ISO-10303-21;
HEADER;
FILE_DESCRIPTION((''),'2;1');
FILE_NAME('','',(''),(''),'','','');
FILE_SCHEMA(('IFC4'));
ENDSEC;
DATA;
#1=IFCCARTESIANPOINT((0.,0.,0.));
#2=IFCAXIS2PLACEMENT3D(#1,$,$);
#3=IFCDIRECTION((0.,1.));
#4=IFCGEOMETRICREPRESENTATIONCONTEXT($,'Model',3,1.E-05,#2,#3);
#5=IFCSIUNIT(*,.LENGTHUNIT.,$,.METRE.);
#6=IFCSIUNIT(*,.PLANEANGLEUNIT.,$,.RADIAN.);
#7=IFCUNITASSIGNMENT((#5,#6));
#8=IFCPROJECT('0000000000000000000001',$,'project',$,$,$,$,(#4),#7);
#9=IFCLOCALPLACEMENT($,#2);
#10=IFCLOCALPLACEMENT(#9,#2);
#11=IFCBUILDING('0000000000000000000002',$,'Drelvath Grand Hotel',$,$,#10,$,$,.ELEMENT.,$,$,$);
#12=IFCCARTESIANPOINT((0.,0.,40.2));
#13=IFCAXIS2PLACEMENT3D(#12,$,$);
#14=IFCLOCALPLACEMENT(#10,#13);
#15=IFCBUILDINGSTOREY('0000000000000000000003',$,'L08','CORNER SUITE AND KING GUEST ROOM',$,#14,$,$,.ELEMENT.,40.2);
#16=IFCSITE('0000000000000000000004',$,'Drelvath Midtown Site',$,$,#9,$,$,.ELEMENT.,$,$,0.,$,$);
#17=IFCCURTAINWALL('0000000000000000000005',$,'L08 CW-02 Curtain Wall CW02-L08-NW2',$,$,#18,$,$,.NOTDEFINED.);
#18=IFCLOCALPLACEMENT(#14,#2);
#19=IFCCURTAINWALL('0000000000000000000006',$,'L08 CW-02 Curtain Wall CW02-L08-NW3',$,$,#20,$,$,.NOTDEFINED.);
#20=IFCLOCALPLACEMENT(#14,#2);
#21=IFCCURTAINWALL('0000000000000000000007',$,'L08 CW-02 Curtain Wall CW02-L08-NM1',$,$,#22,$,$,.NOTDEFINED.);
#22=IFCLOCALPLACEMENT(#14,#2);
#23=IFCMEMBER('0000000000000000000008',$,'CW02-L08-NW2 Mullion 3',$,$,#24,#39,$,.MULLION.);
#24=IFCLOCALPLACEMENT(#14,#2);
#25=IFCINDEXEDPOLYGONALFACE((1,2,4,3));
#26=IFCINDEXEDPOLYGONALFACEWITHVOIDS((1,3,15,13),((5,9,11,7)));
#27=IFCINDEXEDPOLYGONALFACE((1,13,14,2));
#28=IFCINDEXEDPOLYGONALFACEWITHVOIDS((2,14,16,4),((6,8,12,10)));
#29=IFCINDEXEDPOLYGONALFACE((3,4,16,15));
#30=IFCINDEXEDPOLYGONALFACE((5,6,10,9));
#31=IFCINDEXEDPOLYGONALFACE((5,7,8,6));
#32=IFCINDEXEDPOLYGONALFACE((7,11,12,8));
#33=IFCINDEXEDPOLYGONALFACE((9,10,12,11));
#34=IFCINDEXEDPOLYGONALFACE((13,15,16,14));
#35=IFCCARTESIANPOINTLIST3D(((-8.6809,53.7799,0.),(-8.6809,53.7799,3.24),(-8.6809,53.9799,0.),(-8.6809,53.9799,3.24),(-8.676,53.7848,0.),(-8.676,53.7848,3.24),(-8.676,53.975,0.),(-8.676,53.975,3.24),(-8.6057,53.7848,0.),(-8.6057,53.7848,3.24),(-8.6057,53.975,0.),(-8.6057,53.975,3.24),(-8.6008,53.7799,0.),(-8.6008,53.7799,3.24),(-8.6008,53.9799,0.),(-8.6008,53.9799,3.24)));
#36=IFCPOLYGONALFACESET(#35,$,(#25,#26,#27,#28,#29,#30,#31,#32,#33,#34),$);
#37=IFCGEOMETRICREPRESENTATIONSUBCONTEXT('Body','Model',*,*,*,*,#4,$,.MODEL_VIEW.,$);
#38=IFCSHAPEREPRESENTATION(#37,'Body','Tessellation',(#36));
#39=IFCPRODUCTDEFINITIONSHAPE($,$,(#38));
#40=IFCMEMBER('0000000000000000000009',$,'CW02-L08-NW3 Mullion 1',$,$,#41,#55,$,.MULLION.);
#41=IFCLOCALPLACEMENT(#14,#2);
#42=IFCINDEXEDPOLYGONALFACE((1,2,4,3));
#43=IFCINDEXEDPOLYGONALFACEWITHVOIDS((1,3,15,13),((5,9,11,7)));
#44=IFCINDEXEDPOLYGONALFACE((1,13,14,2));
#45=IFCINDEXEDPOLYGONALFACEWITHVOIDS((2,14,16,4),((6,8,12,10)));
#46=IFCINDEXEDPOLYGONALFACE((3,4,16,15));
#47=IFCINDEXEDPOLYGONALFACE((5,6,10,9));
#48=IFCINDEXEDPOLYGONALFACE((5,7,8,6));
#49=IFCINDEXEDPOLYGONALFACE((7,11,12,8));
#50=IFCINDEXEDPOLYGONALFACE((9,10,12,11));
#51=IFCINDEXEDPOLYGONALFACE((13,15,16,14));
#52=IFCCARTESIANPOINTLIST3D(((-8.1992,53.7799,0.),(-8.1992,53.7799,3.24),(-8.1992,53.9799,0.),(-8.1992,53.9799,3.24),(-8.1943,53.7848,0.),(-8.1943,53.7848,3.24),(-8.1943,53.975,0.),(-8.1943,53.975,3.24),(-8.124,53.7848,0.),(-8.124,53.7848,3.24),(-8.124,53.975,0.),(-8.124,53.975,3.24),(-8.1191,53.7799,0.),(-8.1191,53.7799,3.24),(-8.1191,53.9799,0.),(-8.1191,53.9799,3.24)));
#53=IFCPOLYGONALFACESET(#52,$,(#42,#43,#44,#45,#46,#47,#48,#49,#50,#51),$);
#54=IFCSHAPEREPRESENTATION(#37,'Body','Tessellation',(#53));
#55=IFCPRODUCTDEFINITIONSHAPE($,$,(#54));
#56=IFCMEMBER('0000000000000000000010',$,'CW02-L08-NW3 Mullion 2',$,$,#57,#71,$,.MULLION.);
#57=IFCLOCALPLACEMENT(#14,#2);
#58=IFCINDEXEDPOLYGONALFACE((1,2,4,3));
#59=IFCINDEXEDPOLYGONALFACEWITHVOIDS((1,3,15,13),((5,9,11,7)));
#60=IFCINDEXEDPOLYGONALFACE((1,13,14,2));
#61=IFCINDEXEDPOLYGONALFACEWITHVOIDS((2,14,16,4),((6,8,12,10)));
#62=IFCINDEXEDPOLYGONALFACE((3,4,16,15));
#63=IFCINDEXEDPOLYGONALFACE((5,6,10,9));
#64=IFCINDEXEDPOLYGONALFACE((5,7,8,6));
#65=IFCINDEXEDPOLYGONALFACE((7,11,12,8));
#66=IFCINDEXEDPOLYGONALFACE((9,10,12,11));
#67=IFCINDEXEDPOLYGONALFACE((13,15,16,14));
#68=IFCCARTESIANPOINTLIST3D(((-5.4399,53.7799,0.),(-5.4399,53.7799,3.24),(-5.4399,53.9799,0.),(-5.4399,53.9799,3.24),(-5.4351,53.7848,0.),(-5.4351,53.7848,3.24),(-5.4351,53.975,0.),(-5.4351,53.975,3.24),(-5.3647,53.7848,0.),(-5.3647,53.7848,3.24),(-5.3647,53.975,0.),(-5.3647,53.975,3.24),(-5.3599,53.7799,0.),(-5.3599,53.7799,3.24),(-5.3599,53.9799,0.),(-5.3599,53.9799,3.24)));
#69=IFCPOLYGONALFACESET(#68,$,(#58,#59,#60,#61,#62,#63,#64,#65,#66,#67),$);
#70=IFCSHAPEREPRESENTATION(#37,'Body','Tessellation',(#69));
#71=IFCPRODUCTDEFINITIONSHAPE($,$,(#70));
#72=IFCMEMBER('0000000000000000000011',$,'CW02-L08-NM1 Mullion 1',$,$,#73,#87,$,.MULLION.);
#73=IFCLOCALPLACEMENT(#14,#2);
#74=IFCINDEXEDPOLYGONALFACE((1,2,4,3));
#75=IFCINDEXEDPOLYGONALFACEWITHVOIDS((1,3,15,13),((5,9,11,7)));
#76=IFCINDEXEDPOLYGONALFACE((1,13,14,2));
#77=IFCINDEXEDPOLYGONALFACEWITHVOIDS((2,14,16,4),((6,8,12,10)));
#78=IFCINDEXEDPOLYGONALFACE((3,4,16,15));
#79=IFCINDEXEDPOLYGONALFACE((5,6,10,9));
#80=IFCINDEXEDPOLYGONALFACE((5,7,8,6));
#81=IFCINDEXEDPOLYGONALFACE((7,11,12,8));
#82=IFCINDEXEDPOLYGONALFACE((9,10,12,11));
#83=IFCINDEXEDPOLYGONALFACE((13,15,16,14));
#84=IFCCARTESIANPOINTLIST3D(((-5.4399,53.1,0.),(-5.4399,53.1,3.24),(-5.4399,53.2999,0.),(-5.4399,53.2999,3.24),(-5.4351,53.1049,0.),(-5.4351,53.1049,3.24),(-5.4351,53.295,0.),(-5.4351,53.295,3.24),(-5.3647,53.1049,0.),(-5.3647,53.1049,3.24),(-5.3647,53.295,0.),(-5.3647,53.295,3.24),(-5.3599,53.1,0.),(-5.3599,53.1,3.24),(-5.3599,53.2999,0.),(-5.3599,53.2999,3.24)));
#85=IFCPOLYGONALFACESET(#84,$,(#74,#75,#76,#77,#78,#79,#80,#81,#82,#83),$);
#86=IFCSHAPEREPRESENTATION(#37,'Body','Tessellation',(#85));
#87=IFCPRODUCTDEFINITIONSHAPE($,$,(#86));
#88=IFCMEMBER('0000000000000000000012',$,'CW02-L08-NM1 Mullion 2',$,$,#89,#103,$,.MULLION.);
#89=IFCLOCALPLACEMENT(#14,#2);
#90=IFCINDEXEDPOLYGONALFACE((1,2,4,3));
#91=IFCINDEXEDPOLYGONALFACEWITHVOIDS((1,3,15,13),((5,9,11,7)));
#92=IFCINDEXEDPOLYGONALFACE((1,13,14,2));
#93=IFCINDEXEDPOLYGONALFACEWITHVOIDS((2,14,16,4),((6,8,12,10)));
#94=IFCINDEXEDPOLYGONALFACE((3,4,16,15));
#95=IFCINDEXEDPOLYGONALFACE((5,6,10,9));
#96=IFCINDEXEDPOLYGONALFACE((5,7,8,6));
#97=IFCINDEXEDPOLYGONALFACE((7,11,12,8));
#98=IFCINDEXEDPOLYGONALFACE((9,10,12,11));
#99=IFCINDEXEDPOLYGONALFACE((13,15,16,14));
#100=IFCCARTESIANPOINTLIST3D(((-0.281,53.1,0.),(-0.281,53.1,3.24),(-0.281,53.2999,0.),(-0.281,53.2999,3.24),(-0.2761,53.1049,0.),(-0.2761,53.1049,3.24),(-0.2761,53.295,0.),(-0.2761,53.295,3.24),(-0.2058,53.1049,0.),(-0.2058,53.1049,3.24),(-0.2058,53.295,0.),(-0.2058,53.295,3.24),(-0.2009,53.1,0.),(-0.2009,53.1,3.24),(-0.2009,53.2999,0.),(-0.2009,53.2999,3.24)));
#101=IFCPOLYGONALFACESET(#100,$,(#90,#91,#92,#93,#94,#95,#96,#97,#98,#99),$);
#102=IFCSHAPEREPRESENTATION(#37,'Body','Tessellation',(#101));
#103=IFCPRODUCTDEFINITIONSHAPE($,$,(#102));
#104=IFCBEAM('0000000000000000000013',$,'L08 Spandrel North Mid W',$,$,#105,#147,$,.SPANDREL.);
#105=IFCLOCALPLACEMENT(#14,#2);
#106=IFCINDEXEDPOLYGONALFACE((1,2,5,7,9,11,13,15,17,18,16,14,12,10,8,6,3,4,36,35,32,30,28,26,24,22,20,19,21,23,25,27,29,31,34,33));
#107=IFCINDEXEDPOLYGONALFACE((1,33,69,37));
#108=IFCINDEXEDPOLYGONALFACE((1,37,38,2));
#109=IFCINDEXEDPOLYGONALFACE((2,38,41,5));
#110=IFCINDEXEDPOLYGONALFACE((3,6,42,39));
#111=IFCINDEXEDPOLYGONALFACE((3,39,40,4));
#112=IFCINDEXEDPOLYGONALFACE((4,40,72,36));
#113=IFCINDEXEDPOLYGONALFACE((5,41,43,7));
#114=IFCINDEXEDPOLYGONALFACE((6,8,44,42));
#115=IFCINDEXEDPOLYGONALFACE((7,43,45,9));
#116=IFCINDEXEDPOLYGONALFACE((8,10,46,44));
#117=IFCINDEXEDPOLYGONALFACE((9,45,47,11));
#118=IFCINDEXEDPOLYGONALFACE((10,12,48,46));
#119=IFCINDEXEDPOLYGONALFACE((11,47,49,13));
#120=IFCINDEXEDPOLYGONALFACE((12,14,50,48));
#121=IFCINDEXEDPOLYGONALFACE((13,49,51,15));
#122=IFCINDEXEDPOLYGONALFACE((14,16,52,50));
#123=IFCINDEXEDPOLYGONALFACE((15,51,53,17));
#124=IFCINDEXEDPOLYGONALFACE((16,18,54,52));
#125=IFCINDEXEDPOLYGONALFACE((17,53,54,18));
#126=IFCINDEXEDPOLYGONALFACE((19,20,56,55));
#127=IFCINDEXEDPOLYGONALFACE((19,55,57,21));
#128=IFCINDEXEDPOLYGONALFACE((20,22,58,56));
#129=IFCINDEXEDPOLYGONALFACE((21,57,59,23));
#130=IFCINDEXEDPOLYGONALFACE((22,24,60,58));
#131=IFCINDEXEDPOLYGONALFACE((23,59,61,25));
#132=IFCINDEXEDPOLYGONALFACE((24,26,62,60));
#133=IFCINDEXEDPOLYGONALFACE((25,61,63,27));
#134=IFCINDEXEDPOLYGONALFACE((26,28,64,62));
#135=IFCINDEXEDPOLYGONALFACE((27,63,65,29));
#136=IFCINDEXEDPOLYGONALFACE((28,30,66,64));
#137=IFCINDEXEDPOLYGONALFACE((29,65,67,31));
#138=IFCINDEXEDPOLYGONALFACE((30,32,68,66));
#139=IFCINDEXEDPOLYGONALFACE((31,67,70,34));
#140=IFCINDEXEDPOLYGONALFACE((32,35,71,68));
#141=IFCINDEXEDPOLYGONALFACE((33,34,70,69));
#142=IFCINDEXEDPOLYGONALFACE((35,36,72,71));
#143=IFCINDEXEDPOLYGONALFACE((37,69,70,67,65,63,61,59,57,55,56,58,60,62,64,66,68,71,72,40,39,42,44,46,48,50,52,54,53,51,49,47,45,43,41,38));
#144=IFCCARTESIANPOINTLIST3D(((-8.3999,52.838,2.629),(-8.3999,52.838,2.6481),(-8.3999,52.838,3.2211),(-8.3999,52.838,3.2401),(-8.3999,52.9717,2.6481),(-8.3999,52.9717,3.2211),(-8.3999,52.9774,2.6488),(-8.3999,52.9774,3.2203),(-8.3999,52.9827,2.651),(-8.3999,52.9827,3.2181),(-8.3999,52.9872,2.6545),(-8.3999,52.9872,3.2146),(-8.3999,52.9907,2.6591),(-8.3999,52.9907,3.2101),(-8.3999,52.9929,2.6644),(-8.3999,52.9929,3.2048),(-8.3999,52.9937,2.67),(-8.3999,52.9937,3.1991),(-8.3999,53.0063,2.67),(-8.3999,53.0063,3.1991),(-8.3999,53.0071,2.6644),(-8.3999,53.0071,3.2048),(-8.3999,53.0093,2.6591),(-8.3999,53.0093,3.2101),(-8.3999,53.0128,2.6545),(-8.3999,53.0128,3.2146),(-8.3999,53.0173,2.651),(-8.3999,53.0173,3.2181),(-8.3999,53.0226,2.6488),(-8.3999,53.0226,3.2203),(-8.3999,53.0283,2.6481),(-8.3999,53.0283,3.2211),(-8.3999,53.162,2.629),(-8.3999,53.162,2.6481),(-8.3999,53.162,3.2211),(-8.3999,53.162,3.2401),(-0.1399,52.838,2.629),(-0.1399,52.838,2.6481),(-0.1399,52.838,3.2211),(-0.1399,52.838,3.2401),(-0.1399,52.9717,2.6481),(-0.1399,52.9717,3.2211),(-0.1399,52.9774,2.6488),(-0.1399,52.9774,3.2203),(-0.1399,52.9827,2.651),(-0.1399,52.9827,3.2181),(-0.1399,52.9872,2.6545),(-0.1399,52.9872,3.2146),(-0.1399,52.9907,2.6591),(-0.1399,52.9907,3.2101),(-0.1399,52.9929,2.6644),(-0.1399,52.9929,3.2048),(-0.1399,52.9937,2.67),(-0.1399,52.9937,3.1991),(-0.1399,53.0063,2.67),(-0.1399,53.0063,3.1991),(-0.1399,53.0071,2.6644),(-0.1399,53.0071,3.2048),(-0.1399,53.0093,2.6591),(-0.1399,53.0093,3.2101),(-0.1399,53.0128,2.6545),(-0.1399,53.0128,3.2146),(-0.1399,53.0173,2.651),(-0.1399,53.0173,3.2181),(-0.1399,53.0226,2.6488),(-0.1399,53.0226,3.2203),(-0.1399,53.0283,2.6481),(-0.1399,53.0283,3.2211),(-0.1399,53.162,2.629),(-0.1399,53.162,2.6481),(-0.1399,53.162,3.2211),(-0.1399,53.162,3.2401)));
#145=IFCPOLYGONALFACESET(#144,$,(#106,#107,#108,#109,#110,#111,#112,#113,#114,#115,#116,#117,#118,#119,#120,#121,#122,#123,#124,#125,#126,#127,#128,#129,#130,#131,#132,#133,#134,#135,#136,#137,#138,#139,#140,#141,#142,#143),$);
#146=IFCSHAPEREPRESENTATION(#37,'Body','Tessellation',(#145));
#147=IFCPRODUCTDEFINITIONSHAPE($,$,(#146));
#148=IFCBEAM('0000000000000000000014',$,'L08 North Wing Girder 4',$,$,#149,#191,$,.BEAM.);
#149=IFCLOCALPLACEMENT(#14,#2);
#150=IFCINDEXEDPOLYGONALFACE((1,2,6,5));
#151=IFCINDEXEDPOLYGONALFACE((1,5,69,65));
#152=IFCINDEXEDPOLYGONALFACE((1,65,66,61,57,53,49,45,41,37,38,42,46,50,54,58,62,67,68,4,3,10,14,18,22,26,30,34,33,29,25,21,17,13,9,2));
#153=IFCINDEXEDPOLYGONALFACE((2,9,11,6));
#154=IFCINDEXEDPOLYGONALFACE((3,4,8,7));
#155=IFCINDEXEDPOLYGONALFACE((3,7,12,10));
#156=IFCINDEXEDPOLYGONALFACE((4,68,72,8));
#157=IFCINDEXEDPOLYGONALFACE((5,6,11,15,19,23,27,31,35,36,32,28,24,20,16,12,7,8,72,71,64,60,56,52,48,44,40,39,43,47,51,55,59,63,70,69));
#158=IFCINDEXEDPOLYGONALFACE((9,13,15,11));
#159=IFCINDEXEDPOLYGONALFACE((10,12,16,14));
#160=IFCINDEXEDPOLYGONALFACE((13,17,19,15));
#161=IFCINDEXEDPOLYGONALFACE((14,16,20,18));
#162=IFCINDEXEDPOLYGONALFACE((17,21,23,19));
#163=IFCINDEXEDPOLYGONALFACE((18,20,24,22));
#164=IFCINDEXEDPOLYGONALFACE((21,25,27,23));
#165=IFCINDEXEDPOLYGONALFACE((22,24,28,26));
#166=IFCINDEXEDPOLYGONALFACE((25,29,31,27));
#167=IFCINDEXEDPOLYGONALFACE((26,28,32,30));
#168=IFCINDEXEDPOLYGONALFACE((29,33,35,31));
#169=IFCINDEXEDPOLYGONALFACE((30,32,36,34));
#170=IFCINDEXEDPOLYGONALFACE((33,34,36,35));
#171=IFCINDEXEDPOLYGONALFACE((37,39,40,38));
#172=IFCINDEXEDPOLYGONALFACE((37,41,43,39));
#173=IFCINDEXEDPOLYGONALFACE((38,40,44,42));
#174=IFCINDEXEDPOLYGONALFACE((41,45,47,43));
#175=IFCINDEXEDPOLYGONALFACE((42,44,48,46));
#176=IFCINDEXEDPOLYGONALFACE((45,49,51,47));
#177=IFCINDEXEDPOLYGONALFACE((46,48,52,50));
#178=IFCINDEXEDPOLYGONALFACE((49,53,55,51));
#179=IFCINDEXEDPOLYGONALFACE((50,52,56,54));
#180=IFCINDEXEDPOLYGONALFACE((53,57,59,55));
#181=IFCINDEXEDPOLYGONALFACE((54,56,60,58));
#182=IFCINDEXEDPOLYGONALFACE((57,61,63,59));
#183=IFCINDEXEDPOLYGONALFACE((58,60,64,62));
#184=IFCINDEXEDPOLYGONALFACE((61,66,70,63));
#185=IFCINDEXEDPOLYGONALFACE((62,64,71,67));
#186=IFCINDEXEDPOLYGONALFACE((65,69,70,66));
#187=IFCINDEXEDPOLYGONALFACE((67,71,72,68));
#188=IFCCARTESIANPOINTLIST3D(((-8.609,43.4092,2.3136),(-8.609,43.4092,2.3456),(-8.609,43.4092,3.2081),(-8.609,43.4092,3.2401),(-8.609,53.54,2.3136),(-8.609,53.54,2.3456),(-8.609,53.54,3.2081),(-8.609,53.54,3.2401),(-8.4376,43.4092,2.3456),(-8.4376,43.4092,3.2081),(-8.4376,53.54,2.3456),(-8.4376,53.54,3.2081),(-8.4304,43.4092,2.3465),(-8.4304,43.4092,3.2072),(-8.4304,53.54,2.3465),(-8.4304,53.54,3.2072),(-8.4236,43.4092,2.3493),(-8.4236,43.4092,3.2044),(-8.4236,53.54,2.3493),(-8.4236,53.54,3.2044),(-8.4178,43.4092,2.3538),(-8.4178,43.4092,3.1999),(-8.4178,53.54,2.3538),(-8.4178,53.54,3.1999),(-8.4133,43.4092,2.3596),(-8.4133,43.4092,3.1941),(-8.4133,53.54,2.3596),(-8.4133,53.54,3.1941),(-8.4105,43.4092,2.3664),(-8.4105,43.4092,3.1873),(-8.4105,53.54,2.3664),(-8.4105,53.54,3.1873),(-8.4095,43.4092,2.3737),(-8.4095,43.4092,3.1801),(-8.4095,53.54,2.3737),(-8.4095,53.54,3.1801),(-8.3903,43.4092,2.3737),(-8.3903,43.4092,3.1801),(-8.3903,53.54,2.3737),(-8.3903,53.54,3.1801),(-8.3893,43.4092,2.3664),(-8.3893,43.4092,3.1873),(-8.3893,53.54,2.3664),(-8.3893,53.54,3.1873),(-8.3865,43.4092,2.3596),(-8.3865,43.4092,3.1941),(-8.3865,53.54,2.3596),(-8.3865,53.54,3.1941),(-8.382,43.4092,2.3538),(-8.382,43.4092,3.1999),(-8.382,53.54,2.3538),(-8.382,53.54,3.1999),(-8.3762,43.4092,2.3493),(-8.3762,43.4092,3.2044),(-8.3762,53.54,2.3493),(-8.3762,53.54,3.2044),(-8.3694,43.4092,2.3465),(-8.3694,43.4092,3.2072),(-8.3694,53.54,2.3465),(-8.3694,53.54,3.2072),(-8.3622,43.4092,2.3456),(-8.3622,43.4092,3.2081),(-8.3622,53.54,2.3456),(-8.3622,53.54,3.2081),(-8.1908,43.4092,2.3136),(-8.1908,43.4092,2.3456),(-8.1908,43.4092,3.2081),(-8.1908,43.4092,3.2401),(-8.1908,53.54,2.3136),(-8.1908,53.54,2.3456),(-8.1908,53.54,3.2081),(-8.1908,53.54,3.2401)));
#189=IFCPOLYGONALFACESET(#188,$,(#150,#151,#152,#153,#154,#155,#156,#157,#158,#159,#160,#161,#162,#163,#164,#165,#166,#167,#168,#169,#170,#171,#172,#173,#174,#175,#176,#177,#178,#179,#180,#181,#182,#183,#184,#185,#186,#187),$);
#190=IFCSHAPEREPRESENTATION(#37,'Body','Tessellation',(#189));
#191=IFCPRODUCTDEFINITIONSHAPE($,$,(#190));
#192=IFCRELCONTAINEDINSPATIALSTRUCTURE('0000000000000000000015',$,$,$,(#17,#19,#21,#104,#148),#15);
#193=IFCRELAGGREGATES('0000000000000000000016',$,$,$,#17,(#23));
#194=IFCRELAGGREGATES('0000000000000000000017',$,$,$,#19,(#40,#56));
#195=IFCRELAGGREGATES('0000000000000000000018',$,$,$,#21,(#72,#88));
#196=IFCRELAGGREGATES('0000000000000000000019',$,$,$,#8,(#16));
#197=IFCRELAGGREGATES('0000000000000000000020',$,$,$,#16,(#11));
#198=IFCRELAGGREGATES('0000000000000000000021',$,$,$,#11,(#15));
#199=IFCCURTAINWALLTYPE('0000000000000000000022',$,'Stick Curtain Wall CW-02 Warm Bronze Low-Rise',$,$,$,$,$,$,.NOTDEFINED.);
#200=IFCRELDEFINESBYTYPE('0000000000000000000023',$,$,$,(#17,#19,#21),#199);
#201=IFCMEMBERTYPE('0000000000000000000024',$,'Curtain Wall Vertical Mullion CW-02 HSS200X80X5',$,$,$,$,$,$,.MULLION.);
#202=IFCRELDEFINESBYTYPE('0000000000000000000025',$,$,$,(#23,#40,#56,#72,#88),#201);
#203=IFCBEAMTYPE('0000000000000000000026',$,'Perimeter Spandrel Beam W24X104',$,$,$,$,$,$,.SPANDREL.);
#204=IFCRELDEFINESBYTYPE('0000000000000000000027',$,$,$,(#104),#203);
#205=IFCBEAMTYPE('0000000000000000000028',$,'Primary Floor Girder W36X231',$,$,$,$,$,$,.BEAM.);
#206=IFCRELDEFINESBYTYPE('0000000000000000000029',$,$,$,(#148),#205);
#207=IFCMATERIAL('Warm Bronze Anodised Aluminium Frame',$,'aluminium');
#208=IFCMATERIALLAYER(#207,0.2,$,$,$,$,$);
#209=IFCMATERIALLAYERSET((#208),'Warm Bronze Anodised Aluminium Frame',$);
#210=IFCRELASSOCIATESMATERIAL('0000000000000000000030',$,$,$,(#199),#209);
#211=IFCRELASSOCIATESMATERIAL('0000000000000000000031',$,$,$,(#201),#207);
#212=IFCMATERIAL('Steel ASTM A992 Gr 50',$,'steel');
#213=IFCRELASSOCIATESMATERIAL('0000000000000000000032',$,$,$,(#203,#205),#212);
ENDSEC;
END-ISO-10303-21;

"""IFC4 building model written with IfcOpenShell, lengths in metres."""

from ifc_helpers import new_model, si_unit, direction, frame, origin, origin_2d, place, context, subcontext, project, spatial, hollow_rectangle, i_section, extrude, material, layer, layer_set, material_profile, profile_set, type_object, element, aggregate, save


model = new_model("IFC4")

# Units and contexts
model_context = context("Model", 3, precision=1e-05, world=origin(), true_north=direction((0.0, 1.0)))
body_context = subcontext(model_context, "Body", "Model", "MODEL_VIEW")
ifc_project = project(units=[si_unit("LENGTHUNIT", "METRE"), si_unit("PLANEANGLEUNIT", "RADIAN")], contexts=[model_context])

# Site, building, storey
site_placement = place(None, origin())
site = spatial("IfcSite", under=ifc_project, at=site_placement, Name="Drelvath Midtown Site", CompositionType="ELEMENT", RefElevation=0.0)
building_placement = place(site_placement, origin())
building = spatial("IfcBuilding", under=site, at=building_placement, Name="Drelvath Grand Hotel", CompositionType="ELEMENT")
storey_placement = place(building_placement, frame((0.0, 0.0, 40.2)))
storey = spatial("IfcBuildingStorey", under=building, at=storey_placement, Name="L08", Description="CORNER SUITE AND KING GUEST ROOM", CompositionType="ELEMENT", Elevation=40.2)

# Curtain walls
ifc_material_1 = material(Name="Warm Bronze Anodised Aluminium Frame", Category="aluminium")
ifc_layer_1 = layer(ifc_material_1, 0.2)
ifc_layer_set_1 = layer_set([ifc_layer_1], Name="Warm Bronze Anodised Aluminium Frame")
curtain_wall_type = type_object("IfcCurtainWallType", Name="Stick Curtain Wall CW-02 Warm Bronze Low-Rise", PredefinedType="NOTDEFINED", material=ifc_layer_set_1)
curtain_wall_1_placement = place(storey_placement, origin())
curtain_wall_1 = element("IfcCurtainWall", 1, at=curtain_wall_1_placement, inside=storey, type_object=curtain_wall_type, Name="L08 CW-02 Curtain Wall CW02-L08-NW2", PredefinedType="NOTDEFINED")
curtain_wall_2_placement = place(storey_placement, origin())
curtain_wall_2 = element("IfcCurtainWall", 2, at=curtain_wall_2_placement, inside=storey, type_object=curtain_wall_type, Name="L08 CW-02 Curtain Wall CW02-L08-NW3", PredefinedType="NOTDEFINED")
curtain_wall_3_placement = place(storey_placement, origin())
curtain_wall_3 = element("IfcCurtainWall", 3, at=curtain_wall_3_placement, inside=storey, type_object=curtain_wall_type, Name="L08 CW-02 Curtain Wall CW02-L08-NM1", PredefinedType="NOTDEFINED")

# Members
ifc_material_profile_1 = material_profile(ifc_material_1, hollow_rectangle(XDim=0.0801, YDim=0.2, WallThickness=0.0049, at=origin_2d()), Name="HSS200X80X5")
ifc_profile_set_1 = profile_set([ifc_material_profile_1], Name="Warm Bronze Anodised Aluminium Frame")
member_type_1 = type_object("IfcMemberType", Name="Curtain Wall Vertical Mullion CW-02 HSS200X80X5", PredefinedType="MULLION", material=ifc_profile_set_1)
member_1_placement = place(storey_placement, frame((-8.6409, 53.8799, 0.0), z_axis=(0.0, 0.0, 1.0), x_axis=(1.0, 0.0, 0.0)))
member_1 = element("IfcMember", 4, at=member_1_placement, type_object=member_type_1, Name="CW02-L08-NW2 Mullion 3", PredefinedType="MULLION", context=body_context, shape_type="SweptSolid", body=[
    extrude(hollow_rectangle(XDim=0.0801, YDim=0.2, WallThickness=0.0049, at=origin_2d()), origin(), (0.0, 0.0, 1.0), 3.24),
])
member_2_placement = place(storey_placement, frame((-8.1592, 53.8799, 0.0), z_axis=(0.0, 0.0, 1.0), x_axis=(1.0, 0.0, 0.0)))
member_2 = element("IfcMember", 5, at=member_2_placement, type_object=member_type_1, Name="CW02-L08-NW3 Mullion 1", PredefinedType="MULLION", context=body_context, shape_type="SweptSolid", body=[
    extrude(hollow_rectangle(XDim=0.0801, YDim=0.2, WallThickness=0.0049, at=origin_2d()), origin(), (0.0, 0.0, 1.0), 3.24),
])
member_3_placement = place(storey_placement, frame((-5.3999, 53.8799, 0.0), z_axis=(0.0, 0.0, 1.0), x_axis=(1.0, 0.0, 0.0)))
member_3 = element("IfcMember", 6, at=member_3_placement, type_object=member_type_1, Name="CW02-L08-NW3 Mullion 2", PredefinedType="MULLION", context=body_context, shape_type="SweptSolid", body=[
    extrude(hollow_rectangle(XDim=0.0801, YDim=0.2, WallThickness=0.0049, at=origin_2d()), origin(), (0.0, 0.0, 1.0), 3.24),
])
member_4_placement = place(storey_placement, frame((-5.3999, 53.2, 0.0), z_axis=(0.0, 0.0, 1.0), x_axis=(1.0, 0.0, 0.0)))
member_4 = element("IfcMember", 7, at=member_4_placement, type_object=member_type_1, Name="CW02-L08-NM1 Mullion 1", PredefinedType="MULLION", context=body_context, shape_type="SweptSolid", body=[
    extrude(hollow_rectangle(XDim=0.0801, YDim=0.2, WallThickness=0.0049, at=origin_2d()), origin(), (0.0, 0.0, 1.0), 3.24),
])
member_5_placement = place(storey_placement, frame((-0.241, 53.2, 0.0), z_axis=(0.0, 0.0, 1.0), x_axis=(1.0, 0.0, 0.0)))
member_5 = element("IfcMember", 8, at=member_5_placement, type_object=member_type_1, Name="CW02-L08-NM1 Mullion 2", PredefinedType="MULLION", context=body_context, shape_type="SweptSolid", body=[
    extrude(hollow_rectangle(XDim=0.0801, YDim=0.2, WallThickness=0.0049, at=origin_2d()), origin(), (0.0, 0.0, 1.0), 3.24),
])

# Beams
ifc_material_2 = material(Name="Steel ASTM A992 Gr 50", Category="steel")
ifc_material_profile_2 = material_profile(ifc_material_2, i_section(OverallWidth=0.324, OverallDepth=0.6111, WebThickness=0.0127, FlangeThickness=0.019, FilletRadius=0.022, at=origin_2d()), Name="W24X104")
ifc_profile_set_2 = profile_set([ifc_material_profile_2], Name="Steel ASTM A992 Gr 50")
beam_type_1 = type_object("IfcBeamType", Name="Perimeter Spandrel Beam W24X104", PredefinedType="SPANDREL", material=ifc_profile_set_2)
beam_1_placement = place(storey_placement, frame((-8.3999, 53.0, 2.9346), z_axis=(1.0, 0.0, 0.0), x_axis=(0.0, 1.0, 0.0)))
element("IfcBeam", 9, at=beam_1_placement, inside=storey, type_object=beam_type_1, Name="L08 Spandrel North Mid W", PredefinedType="SPANDREL", context=body_context, shape_type="SweptSolid", body=[
    extrude(i_section(OverallWidth=0.324, OverallDepth=0.6111, WebThickness=0.0127, FlangeThickness=0.019, FilletRadius=0.022, at=origin_2d()), origin(), (0.0, 0.0, 1.0), 8.26),
])
ifc_material_profile_3 = material_profile(ifc_material_2, i_section(OverallWidth=0.4182, OverallDepth=0.9265, WebThickness=0.0193, FlangeThickness=0.032, FilletRadius=0.0281, at=origin_2d()), Name="W36X231")
ifc_profile_set_3 = profile_set([ifc_material_profile_3], Name="Steel ASTM A992 Gr 50")
beam_type_2 = type_object("IfcBeamType", Name="Primary Floor Girder W36X231", PredefinedType="BEAM", material=ifc_profile_set_3)
beam_2_placement = place(storey_placement, frame((-8.3999, 43.4092, 2.7769), z_axis=(0.0, 1.0, 0.0), x_axis=(-1.0, 0.0, 0.0)))
element("IfcBeam", 10, at=beam_2_placement, inside=storey, type_object=beam_type_2, Name="L08 North Wing Girder 4", PredefinedType="BEAM", context=body_context, shape_type="SweptSolid", body=[
    extrude(i_section(OverallWidth=0.4182, OverallDepth=0.9265, WebThickness=0.0193, FlangeThickness=0.032, FilletRadius=0.0281, at=origin_2d()), origin(), (0.0, 0.0, 1.0), 10.1309),
])

aggregate(curtain_wall_1, [member_1])
aggregate(curtain_wall_2, [member_2, member_3])
aggregate(curtain_wall_3, [member_4, member_5])

save(model, "model.ifc")
